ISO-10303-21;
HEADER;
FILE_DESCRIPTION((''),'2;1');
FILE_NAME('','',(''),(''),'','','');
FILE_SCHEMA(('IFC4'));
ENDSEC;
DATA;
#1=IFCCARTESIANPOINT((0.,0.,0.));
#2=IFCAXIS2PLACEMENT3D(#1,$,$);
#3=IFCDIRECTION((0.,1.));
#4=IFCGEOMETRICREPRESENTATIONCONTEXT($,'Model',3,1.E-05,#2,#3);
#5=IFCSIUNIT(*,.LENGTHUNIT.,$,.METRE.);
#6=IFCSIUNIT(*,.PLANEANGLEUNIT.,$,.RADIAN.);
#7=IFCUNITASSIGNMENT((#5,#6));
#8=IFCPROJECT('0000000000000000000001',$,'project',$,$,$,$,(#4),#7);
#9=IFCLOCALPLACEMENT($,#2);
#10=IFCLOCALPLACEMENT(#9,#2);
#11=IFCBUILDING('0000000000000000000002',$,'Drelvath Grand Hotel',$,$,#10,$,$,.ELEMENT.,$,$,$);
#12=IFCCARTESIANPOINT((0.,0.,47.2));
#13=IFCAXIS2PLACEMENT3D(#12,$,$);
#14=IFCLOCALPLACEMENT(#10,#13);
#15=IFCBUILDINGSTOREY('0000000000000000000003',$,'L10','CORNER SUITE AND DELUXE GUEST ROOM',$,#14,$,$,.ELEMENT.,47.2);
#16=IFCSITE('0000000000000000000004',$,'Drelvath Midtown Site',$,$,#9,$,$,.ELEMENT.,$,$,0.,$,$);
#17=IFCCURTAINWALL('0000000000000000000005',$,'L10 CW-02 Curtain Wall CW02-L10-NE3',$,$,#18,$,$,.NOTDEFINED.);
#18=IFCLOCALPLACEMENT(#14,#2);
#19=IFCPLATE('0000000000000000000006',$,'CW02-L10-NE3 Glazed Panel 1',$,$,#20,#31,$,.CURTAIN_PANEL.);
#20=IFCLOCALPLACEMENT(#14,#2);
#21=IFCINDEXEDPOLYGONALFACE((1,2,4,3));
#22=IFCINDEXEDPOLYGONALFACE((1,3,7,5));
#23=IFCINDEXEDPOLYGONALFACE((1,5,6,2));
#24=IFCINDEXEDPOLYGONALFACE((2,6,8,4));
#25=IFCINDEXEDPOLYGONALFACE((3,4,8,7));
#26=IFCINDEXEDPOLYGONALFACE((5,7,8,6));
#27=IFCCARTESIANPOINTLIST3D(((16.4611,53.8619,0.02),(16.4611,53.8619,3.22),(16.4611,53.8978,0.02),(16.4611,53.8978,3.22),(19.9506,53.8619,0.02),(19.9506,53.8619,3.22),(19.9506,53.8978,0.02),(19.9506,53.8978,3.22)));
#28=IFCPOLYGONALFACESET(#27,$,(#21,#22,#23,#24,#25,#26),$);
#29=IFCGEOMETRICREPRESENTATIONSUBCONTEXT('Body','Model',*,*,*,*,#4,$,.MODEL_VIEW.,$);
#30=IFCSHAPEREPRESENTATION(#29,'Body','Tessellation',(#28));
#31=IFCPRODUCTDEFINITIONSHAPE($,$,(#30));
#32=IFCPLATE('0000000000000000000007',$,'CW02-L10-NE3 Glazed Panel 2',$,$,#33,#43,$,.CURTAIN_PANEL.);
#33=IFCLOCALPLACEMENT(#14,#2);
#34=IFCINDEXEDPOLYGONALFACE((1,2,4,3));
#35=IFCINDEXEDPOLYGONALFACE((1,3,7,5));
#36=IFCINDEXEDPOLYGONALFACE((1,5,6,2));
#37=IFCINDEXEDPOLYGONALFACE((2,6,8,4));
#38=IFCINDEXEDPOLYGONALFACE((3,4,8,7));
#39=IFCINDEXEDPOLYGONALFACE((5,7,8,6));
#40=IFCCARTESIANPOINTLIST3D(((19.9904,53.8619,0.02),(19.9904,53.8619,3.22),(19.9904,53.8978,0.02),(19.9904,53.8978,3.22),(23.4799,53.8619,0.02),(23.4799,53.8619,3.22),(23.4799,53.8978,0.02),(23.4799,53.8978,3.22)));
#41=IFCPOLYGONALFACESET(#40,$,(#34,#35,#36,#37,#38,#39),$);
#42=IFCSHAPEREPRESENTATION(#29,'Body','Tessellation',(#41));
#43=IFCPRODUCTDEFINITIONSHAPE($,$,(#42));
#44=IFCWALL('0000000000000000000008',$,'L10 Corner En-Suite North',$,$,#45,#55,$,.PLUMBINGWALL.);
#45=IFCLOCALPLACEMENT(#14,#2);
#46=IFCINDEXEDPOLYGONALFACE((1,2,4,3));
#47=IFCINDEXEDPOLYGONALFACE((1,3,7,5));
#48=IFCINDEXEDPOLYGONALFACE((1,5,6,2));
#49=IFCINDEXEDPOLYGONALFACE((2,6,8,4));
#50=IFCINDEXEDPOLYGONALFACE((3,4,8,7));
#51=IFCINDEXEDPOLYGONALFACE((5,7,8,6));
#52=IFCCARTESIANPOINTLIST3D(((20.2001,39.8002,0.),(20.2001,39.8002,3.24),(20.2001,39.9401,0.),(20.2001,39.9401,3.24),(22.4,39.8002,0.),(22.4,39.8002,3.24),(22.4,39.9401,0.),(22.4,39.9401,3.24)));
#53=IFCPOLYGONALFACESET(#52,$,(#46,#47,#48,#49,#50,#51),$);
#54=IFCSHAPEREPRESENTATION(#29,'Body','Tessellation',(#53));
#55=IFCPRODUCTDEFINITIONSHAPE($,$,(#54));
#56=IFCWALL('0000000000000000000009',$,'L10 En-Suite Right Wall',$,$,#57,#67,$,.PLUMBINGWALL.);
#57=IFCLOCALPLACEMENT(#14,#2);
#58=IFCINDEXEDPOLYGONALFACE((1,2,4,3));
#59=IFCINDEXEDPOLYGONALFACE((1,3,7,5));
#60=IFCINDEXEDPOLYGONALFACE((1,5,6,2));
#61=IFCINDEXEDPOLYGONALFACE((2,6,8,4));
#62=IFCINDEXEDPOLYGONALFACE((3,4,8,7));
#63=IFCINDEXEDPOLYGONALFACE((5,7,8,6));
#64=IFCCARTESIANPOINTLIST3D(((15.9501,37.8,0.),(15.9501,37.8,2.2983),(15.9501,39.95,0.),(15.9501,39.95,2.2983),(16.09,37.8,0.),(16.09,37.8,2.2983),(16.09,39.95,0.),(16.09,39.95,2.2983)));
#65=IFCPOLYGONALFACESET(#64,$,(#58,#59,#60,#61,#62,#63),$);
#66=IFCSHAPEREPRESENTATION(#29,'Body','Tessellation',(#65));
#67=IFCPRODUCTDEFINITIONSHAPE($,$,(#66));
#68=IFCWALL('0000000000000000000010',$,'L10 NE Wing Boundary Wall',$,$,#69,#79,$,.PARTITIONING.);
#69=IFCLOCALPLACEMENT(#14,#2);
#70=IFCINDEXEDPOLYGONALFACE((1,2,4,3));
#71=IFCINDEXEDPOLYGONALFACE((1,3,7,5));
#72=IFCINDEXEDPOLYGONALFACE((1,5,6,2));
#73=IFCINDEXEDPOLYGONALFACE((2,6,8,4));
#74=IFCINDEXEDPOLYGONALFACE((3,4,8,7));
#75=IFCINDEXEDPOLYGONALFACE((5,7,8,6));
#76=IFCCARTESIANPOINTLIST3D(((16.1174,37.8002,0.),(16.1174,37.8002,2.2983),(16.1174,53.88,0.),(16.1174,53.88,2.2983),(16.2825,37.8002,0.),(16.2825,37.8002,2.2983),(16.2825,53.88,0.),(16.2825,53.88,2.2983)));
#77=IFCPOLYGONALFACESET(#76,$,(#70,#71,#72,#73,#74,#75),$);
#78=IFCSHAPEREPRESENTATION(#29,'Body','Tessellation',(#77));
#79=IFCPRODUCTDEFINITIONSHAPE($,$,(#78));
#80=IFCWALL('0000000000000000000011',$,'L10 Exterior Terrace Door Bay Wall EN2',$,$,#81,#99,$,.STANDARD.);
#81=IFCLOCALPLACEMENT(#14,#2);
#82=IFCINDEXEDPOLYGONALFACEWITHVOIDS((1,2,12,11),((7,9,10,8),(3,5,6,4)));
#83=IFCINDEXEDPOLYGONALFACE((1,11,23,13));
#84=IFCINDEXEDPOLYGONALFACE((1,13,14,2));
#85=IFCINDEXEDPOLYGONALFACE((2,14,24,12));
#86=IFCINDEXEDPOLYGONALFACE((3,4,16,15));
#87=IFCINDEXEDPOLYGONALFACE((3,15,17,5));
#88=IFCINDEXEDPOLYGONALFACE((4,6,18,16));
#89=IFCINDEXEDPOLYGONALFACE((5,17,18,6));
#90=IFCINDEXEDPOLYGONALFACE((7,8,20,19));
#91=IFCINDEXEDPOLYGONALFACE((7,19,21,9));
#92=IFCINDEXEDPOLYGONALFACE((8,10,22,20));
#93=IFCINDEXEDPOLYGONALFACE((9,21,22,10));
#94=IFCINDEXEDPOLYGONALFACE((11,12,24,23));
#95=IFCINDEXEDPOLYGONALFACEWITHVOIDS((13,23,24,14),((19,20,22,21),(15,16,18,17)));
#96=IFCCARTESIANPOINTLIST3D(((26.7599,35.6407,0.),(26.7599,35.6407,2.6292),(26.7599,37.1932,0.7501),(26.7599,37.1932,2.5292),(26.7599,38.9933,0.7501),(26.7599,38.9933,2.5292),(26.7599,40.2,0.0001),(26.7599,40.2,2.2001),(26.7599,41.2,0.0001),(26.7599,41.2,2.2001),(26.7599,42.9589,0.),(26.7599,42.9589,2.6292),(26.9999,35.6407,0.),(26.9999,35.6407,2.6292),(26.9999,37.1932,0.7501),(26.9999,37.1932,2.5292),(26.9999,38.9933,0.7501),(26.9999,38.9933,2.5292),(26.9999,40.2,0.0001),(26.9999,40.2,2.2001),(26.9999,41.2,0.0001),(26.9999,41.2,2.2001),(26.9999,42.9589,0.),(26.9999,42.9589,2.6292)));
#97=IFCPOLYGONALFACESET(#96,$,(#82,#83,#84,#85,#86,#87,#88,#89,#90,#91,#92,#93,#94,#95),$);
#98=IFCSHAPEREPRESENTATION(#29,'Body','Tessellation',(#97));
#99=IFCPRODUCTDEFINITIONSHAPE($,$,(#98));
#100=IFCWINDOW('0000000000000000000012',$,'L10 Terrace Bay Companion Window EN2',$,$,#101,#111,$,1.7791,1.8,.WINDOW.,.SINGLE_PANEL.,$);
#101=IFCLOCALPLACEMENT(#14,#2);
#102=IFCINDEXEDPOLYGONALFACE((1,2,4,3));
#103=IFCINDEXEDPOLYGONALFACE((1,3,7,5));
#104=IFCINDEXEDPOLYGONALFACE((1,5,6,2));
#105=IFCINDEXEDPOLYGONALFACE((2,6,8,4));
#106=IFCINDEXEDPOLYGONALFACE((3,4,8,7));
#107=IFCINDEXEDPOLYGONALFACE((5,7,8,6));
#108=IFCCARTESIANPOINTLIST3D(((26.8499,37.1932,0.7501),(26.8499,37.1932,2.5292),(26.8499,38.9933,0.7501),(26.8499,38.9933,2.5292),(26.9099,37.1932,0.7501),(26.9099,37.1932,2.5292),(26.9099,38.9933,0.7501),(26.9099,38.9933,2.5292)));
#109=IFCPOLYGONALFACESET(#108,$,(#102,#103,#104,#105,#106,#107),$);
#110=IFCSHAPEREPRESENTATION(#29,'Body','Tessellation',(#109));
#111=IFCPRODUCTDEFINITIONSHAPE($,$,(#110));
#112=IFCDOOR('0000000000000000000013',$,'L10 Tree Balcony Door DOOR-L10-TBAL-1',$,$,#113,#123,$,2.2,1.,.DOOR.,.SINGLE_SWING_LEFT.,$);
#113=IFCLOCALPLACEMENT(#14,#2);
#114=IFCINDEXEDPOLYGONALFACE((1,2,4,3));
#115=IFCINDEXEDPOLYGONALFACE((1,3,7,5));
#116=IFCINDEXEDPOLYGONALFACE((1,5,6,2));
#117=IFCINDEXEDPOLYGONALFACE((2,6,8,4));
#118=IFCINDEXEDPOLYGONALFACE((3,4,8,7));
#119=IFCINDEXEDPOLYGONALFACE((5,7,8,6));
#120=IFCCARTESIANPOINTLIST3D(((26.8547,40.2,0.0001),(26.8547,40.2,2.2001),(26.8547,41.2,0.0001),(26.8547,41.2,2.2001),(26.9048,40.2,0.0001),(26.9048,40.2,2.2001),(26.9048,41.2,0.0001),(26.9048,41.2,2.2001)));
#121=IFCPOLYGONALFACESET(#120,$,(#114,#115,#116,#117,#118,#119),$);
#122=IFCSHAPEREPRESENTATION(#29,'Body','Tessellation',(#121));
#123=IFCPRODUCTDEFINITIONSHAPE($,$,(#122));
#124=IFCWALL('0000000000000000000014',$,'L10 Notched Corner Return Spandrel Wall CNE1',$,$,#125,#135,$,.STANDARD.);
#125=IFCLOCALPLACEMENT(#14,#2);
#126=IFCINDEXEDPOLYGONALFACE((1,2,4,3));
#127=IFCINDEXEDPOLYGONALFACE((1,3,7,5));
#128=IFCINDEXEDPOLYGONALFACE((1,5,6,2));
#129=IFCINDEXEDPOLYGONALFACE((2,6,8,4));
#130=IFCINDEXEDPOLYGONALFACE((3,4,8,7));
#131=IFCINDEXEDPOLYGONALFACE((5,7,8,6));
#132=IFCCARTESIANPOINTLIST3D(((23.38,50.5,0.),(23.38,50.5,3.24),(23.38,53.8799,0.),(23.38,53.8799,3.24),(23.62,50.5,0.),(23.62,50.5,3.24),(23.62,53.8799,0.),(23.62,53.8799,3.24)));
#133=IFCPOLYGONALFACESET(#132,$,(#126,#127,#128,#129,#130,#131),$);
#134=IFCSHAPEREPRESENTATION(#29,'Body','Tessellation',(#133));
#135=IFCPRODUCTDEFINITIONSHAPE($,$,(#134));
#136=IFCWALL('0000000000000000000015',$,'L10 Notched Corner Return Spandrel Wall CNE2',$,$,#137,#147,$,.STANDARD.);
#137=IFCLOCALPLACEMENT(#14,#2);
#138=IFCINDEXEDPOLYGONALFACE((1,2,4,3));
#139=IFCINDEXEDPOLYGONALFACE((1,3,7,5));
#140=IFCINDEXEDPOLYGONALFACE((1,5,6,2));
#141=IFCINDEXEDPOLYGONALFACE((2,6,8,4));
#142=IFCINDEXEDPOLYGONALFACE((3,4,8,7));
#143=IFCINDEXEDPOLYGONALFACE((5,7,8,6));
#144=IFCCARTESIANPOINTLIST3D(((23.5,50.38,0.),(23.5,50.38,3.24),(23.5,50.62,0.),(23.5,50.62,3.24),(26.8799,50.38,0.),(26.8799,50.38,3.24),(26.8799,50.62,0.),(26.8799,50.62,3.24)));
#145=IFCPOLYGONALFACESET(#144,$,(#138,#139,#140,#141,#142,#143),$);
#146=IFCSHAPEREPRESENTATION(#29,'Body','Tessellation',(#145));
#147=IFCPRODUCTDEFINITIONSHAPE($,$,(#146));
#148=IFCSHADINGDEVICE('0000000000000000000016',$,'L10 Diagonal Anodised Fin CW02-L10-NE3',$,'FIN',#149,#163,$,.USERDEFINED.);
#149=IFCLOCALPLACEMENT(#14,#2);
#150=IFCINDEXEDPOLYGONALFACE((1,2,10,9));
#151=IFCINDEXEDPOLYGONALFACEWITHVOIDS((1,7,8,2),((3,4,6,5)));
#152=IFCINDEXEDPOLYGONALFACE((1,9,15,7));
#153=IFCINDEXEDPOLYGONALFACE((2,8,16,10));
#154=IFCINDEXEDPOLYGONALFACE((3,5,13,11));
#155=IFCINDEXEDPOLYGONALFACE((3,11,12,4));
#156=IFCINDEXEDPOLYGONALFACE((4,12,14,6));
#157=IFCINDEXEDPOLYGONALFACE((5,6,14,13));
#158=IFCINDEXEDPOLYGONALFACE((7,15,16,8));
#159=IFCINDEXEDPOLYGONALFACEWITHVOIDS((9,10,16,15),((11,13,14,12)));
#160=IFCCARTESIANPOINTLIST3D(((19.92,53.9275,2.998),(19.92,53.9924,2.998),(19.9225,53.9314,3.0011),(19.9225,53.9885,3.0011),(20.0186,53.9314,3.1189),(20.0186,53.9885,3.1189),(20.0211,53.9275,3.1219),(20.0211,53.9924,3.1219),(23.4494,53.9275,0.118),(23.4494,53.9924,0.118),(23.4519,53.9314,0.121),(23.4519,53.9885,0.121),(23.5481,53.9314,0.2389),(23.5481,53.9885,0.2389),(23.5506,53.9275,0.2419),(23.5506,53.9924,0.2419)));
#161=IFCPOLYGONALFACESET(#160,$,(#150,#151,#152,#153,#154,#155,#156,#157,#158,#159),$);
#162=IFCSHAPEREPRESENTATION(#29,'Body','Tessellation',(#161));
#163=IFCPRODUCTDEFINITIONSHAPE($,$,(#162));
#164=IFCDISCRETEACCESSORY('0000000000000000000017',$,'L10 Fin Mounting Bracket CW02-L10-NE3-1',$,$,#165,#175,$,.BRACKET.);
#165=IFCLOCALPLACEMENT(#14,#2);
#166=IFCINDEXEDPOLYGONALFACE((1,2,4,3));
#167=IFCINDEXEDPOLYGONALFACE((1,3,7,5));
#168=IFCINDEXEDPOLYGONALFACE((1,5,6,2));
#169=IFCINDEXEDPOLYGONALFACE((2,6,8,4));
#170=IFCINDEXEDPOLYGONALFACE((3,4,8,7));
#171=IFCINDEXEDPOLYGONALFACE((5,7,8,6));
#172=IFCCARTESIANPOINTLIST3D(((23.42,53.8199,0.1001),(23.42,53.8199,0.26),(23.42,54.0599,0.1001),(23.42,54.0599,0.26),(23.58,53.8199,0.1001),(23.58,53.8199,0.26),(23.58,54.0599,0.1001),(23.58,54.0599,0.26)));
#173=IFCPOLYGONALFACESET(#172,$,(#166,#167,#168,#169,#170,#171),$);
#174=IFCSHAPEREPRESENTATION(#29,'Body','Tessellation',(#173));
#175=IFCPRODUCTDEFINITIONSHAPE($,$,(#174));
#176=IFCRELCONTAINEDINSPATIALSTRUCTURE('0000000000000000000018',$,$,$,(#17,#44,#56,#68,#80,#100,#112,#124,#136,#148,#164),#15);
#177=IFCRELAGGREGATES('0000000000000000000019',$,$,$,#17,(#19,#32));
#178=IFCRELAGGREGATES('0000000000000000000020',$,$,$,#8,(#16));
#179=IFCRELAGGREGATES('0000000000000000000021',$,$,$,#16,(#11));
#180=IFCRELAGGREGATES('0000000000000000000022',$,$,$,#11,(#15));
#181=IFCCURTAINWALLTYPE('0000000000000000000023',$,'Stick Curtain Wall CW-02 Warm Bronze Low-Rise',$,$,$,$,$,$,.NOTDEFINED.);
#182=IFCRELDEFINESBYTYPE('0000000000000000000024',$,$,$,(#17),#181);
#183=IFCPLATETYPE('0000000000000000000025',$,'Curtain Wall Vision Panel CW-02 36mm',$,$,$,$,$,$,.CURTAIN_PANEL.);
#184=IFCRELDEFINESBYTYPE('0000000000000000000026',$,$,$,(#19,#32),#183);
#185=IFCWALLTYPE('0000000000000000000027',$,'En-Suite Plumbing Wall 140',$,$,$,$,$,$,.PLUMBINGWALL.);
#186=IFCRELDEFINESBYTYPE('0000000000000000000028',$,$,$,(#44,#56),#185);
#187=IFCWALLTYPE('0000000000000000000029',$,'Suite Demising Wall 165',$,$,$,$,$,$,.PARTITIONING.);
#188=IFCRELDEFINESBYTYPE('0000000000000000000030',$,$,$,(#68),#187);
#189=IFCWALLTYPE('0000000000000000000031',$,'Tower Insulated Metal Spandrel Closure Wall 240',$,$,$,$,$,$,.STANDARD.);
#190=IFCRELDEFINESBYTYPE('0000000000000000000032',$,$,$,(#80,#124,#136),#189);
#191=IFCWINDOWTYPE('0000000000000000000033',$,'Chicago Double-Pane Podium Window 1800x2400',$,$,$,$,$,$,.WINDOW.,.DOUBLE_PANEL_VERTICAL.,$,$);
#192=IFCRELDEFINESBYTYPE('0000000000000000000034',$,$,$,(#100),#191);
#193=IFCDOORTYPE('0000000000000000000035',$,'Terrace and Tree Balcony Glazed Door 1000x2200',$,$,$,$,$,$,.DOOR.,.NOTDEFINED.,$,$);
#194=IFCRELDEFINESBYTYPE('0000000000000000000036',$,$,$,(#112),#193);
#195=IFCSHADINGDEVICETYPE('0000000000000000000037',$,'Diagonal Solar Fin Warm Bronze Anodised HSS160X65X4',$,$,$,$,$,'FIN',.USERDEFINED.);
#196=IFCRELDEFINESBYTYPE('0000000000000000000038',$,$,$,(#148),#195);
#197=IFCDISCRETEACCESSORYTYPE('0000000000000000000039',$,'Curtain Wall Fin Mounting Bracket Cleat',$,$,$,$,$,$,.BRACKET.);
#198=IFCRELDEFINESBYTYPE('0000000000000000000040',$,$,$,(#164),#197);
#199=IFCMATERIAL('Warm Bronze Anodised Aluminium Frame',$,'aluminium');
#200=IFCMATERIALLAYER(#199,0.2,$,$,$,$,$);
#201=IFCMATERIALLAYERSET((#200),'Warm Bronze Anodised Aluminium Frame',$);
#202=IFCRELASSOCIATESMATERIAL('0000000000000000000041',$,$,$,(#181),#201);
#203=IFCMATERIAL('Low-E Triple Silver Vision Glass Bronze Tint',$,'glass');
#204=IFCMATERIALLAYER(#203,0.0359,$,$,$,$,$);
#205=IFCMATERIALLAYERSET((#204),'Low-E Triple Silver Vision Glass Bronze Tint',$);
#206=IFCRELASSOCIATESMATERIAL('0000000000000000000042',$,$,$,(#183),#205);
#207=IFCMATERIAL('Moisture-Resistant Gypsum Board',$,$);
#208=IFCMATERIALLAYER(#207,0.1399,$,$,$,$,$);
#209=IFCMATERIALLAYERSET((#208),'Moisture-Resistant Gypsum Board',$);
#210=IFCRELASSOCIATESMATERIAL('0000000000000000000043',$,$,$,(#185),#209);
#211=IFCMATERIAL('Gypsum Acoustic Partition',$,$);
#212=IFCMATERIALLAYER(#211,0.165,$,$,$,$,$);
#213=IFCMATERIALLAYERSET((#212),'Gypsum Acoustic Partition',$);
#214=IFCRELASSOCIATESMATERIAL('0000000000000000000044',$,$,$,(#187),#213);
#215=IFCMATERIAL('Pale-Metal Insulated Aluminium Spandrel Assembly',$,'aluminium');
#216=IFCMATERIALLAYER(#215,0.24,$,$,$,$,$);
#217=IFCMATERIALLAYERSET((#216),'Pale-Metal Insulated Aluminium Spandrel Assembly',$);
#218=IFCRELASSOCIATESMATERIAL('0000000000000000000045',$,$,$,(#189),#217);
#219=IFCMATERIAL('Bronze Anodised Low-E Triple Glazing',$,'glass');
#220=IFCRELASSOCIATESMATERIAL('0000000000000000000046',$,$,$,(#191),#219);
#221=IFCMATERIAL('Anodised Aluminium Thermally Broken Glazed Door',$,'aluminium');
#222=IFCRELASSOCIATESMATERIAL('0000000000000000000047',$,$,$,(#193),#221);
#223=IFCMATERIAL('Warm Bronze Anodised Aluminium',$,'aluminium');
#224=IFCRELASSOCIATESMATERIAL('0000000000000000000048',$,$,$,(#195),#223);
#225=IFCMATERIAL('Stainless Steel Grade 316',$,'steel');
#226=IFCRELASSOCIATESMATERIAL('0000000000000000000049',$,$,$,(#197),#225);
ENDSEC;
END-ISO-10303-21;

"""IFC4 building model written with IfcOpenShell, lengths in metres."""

from ifc_helpers import new_model, si_unit, direction, frame, frame_2d, origin, origin_2d, place, context, subcontext, project, spatial, rectangle, hollow_rectangle, extrude, material, layer, layer_set, material_profile, profile_set, type_object, element, fill, aggregate, save


model = new_model("IFC4")

# Units and contexts
model_context = context("Model", 3, precision=1e-05, world=origin(), true_north=direction((0.0, 1.0)))
body_context = subcontext(model_context, "Body", "Model", "MODEL_VIEW")
ifc_project = project(units=[si_unit("LENGTHUNIT", "METRE"), si_unit("PLANEANGLEUNIT", "RADIAN")], contexts=[model_context])

# Site, building, storey
site_placement = place(None, origin())
site = spatial("IfcSite", under=ifc_project, at=site_placement, Name="Drelvath Midtown Site", CompositionType="ELEMENT", RefElevation=0.0)
building_placement = place(site_placement, origin())
building = spatial("IfcBuilding", under=site, at=building_placement, Name="Drelvath Grand Hotel", CompositionType="ELEMENT")
storey_placement = place(building_placement, frame((0.0, 0.0, 47.2)))
storey = spatial("IfcBuildingStorey", under=building, at=storey_placement, Name="L10", Description="CORNER SUITE AND DELUXE GUEST ROOM", CompositionType="ELEMENT", Elevation=47.2)

# Curtain wall
ifc_material_1 = material(Name="Warm Bronze Anodised Aluminium Frame", Category="aluminium")
ifc_layer_1 = layer(ifc_material_1, 0.2)
ifc_layer_set_1 = layer_set([ifc_layer_1], Name="Warm Bronze Anodised Aluminium Frame")
curtain_wall_type = type_object("IfcCurtainWallType", Name="Stick Curtain Wall CW-02 Warm Bronze Low-Rise", PredefinedType="NOTDEFINED", material=ifc_layer_set_1)
curtain_wall_1_placement = place(storey_placement, origin())
curtain_wall_1 = element("IfcCurtainWall", 1, at=curtain_wall_1_placement, inside=storey, type_object=curtain_wall_type, Name="L10 CW-02 Curtain Wall CW02-L10-NE3", PredefinedType="NOTDEFINED")

# Plates
ifc_material_2 = material(Name="Low-E Triple Silver Vision Glass Bronze Tint", Category="glass")
ifc_layer_2 = layer(ifc_material_2, 0.0359)
ifc_layer_set_2 = layer_set([ifc_layer_2], Name="Low-E Triple Silver Vision Glass Bronze Tint")
plate_type = type_object("IfcPlateType", Name="Curtain Wall Vision Panel CW-02 36mm", PredefinedType="CURTAIN_PANEL", material=ifc_layer_set_2)
plate_1_placement = place(storey_placement, frame((18.2058, 53.8799, 0.02), z_axis=(0.0, 0.0, 1.0), x_axis=(1.0, 0.0, 0.0)))
plate_1 = element("IfcPlate", 2, at=plate_1_placement, type_object=plate_type, Name="CW02-L10-NE3 Glazed Panel 1", PredefinedType="CURTAIN_PANEL", context=body_context, shape_type="SweptSolid", body=[
    extrude(rectangle(XDim=3.4895, YDim=0.0359, at=origin_2d()), origin(), (0.0, 0.0, 1.0), 3.2),
])
plate_2_placement = place(storey_placement, frame((21.7351, 53.8799, 0.02), z_axis=(0.0, 0.0, 1.0), x_axis=(1.0, 0.0, 0.0)))
plate_2 = element("IfcPlate", 3, at=plate_2_placement, type_object=plate_type, Name="CW02-L10-NE3 Glazed Panel 2", PredefinedType="CURTAIN_PANEL", context=body_context, shape_type="SweptSolid", body=[
    extrude(rectangle(XDim=3.4895, YDim=0.0359, at=origin_2d()), origin(), (0.0, 0.0, 1.0), 3.2),
])
aggregate(curtain_wall_1, [plate_1, plate_2])

# Walls
ifc_material_3 = material(Name="Moisture-Resistant Gypsum Board")
ifc_layer_3 = layer(ifc_material_3, 0.1399)
ifc_layer_set_3 = layer_set([ifc_layer_3], Name="Moisture-Resistant Gypsum Board")
wall_type_1 = type_object("IfcWallType", Name="En-Suite Plumbing Wall 140", PredefinedType="PLUMBINGWALL", material=ifc_layer_set_3)
wall_1_placement = place(storey_placement, frame((20.2, 39.8701, 0.0), z_axis=(0.0, 0.0, 1.0), x_axis=(1.0, 0.0, 0.0)))
element("IfcWall", 4, at=wall_1_placement, inside=storey, type_object=wall_type_1, Name="L10 Corner En-Suite North", PredefinedType="PLUMBINGWALL", context=body_context, shape_type="SweptSolid", body=[
    extrude(rectangle(XDim=2.2, YDim=0.1399, at=frame_2d((1.1001, 0.0))), origin(), (0.0, 0.0, 1.0), 3.24),
])
wall_2_placement = place(storey_placement, frame((16.02, 37.8, 0.0), z_axis=(0.0, 0.0, 1.0), x_axis=(0.0, 1.0, 0.0)))
element("IfcWall", 5, at=wall_2_placement, inside=storey, type_object=wall_type_1, Name="L10 En-Suite Right Wall", PredefinedType="PLUMBINGWALL", context=body_context, shape_type="SweptSolid", body=[
    extrude(rectangle(XDim=2.1499, YDim=0.1399, at=frame_2d((1.075, 0.0))), origin(), (0.0, 0.0, 1.0), 2.2983),
])
ifc_material_4 = material(Name="Gypsum Acoustic Partition")
ifc_layer_4 = layer(ifc_material_4, 0.165)
ifc_layer_set_4 = layer_set([ifc_layer_4], Name="Gypsum Acoustic Partition")
wall_type_2 = type_object("IfcWallType", Name="Suite Demising Wall 165", PredefinedType="PARTITIONING", material=ifc_layer_set_4)
wall_3_placement = place(storey_placement, frame((16.2, 37.8, 0.0), z_axis=(0.0, 0.0, 1.0), x_axis=(0.0, 1.0, 0.0)))
element("IfcWall", 6, at=wall_3_placement, inside=storey, type_object=wall_type_2, Name="L10 NE Wing Boundary Wall", PredefinedType="PARTITIONING", context=body_context, shape_type="SweptSolid", body=[
    extrude(rectangle(XDim=16.0798, YDim=0.165, at=frame_2d((8.04, 0.0))), origin(), (0.0, 0.0, 1.0), 2.2983),
])

# Wall, openings, window, door
ifc_material_5 = material(Name="Pale-Metal Insulated Aluminium Spandrel Assembly", Category="aluminium")
ifc_layer_5 = layer(ifc_material_5, 0.24)
ifc_layer_set_5 = layer_set([ifc_layer_5], Name="Pale-Metal Insulated Aluminium Spandrel Assembly")
wall_type_3 = type_object("IfcWallType", Name="Tower Insulated Metal Spandrel Closure Wall 240", PredefinedType="STANDARD", material=ifc_layer_set_5)
wall_4_placement = place(storey_placement, frame((26.8799, 42.959, 0.0), z_axis=(0.0, 0.0, 1.0), x_axis=(0.0, -1.0, 0.0)))
wall_4 = element("IfcWall", 7, at=wall_4_placement, inside=storey, type_object=wall_type_3, Name="L10 Exterior Terrace Door Bay Wall EN2", PredefinedType="STANDARD", context=body_context, shape_type="SweptSolid", body=[
    extrude(rectangle(XDim=7.3181, YDim=0.24, at=frame_2d((3.6592, 0.0))), origin(), (0.0, 0.0, 1.0), 2.6292),
])
opening_1_placement = place(wall_4_placement, frame((1.759, 0.0, 0.0)))
opening_1 = element("IfcOpeningElement", 8, at=opening_1_placement, cuts=wall_4, PredefinedType="OPENING", context=body_context, shape_type="SweptSolid", body=[
    extrude(rectangle(XDim=1.0, YDim=2.2, at=frame_2d((0.5, 1.1001))), frame((0.0, 0.1299, 0.0), z_axis=(0.0, -1.0, 0.0), x_axis=(1.0, 0.0, 0.0)), (0.0, 0.0, 1.0), 0.26),
])
opening_2_placement = place(wall_4_placement, frame((3.9658, 0.0, 0.75)))
opening_2 = element("IfcOpeningElement", 9, at=opening_2_placement, cuts=wall_4, PredefinedType="OPENING", context=body_context, shape_type="SweptSolid", body=[
    extrude(rectangle(XDim=1.8, YDim=1.7791, at=frame_2d((0.8999, 0.8896))), frame((0.0, 0.1299, 0.0), z_axis=(0.0, -1.0, 0.0), x_axis=(1.0, 0.0, 0.0)), (0.0, 0.0, 1.0), 0.26),
])
ifc_material_6 = material(Name="Bronze Anodised Low-E Triple Glazing", Category="glass")
window_type = type_object("IfcWindowType", Name="Chicago Double-Pane Podium Window 1800x2400", PartitioningType="DOUBLE_PANEL_VERTICAL", PredefinedType="WINDOW", material=ifc_material_6)
window_placement = place(opening_2_placement, origin())
window = element("IfcWindow", 10, at=window_placement, inside=storey, type_object=window_type, Name="L10 Terrace Bay Companion Window EN2", OverallHeight=1.7791, OverallWidth=1.8, PartitioningType="SINGLE_PANEL", PredefinedType="WINDOW", context=body_context, shape_type="SweptSolid", body=[
    extrude(rectangle(XDim=1.8, YDim=1.7791, at=frame_2d((0.8999, 0.8896))), frame((0.0, 0.03, 0.0), z_axis=(0.0, -1.0, 0.0), x_axis=(1.0, 0.0, 0.0)), (0.0, 0.0, 1.0), 0.0601),
])
fill(opening_2, window)
ifc_material_7 = material(Name="Anodised Aluminium Thermally Broken Glazed Door", Category="aluminium")
door_type = type_object("IfcDoorType", Name="Terrace and Tree Balcony Glazed Door 1000x2200", OperationType="NOTDEFINED", PredefinedType="DOOR", material=ifc_material_7)
door_placement = place(opening_1_placement, origin())
door = element("IfcDoor", 11, at=door_placement, inside=storey, type_object=door_type, Name="L10 Tree Balcony Door DOOR-L10-TBAL-1", OperationType="SINGLE_SWING_LEFT", OverallHeight=2.2, OverallWidth=1.0, PredefinedType="DOOR", context=body_context, shape_type="SweptSolid", body=[
    extrude(rectangle(XDim=1.0, YDim=2.2, at=frame_2d((0.5, 1.1001))), frame((0.0, 0.0249, 0.0), z_axis=(0.0, -1.0, 0.0), x_axis=(1.0, 0.0, 0.0)), (0.0, 0.0, 1.0), 0.05),
])
fill(opening_1, door)

# Walls
for number, where, z_axis, x_axis, name in (
    (12, (23.5, 53.8799, 0.0), (0.0, 0.0, 1.0), (0.0, -1.0, 0.0), "L10 Notched Corner Return Spandrel Wall CNE1"),
    (13, (23.5, 50.5, 0.0), (0.0, 0.0, 1.0), (1.0, 0.0, 0.0), "L10 Notched Corner Return Spandrel Wall CNE2"),
):
    element("IfcWall", number, at=place(storey_placement, frame(where, z_axis=z_axis, x_axis=x_axis)), inside=storey, type_object=wall_type_3, Name=name, PredefinedType="STANDARD", context=body_context, shape_type="SweptSolid", body=[
        extrude(rectangle(XDim=3.3799, YDim=0.24, at=frame_2d((1.6899, 0.0))), origin(), (0.0, 0.0, 1.0), 3.24),
    ])

# Shading device
ifc_material_8 = material(Name="Warm Bronze Anodised Aluminium", Category="aluminium")
ifc_material_profile_1 = material_profile(ifc_material_8, hollow_rectangle(XDim=0.0649, YDim=0.1599, WallThickness=0.0039, at=origin_2d()), Name="HSS160X65X4")
ifc_profile_set_1 = profile_set([ifc_material_profile_1], Name="Warm Bronze Anodised Aluminium")
shading_device_type = type_object("IfcShadingDeviceType", Name="Diagonal Solar Fin Warm Bronze Anodised HSS160X65X4", ElementType="FIN", PredefinedType="USERDEFINED", material=ifc_profile_set_1)
shading_device_placement = place(storey_placement, frame((23.5, 53.96, 0.1799), z_axis=(-0.774783, 0.0, 0.632227), x_axis=(0.0, -1.0, 0.0)))
element("IfcShadingDevice", 14, at=shading_device_placement, inside=storey, type_object=shading_device_type, Name="L10 Diagonal Anodised Fin CW02-L10-NE3", ObjectType="FIN", PredefinedType="USERDEFINED", context=body_context, shape_type="SweptSolid", body=[
    extrude(hollow_rectangle(XDim=0.0649, YDim=0.1599, WallThickness=0.0039, at=origin_2d()), origin(), (0.0, 0.0, 1.0), 4.5554),
])

# Discrete accessory
ifc_material_9 = material(Name="Stainless Steel Grade 316", Category="steel")
discrete_accessory_type = type_object("IfcDiscreteAccessoryType", Name="Curtain Wall Fin Mounting Bracket Cleat", PredefinedType="BRACKET", material=ifc_material_9)
discrete_accessory_placement = place(storey_placement, frame((23.5, 53.9399, 0.1001), z_axis=(0.0, 0.0, 1.0), x_axis=(1.0, 0.0, 0.0)))
element("IfcDiscreteAccessory", 15, at=discrete_accessory_placement, inside=storey, type_object=discrete_accessory_type, Name="L10 Fin Mounting Bracket CW02-L10-NE3-1", PredefinedType="BRACKET", context=body_context, shape_type="SweptSolid", body=[
    extrude(rectangle(XDim=0.1599, YDim=0.24, at=origin_2d()), origin(), (0.0, 0.0, 1.0), 0.1599),
])

save(model, "model.ifc")
